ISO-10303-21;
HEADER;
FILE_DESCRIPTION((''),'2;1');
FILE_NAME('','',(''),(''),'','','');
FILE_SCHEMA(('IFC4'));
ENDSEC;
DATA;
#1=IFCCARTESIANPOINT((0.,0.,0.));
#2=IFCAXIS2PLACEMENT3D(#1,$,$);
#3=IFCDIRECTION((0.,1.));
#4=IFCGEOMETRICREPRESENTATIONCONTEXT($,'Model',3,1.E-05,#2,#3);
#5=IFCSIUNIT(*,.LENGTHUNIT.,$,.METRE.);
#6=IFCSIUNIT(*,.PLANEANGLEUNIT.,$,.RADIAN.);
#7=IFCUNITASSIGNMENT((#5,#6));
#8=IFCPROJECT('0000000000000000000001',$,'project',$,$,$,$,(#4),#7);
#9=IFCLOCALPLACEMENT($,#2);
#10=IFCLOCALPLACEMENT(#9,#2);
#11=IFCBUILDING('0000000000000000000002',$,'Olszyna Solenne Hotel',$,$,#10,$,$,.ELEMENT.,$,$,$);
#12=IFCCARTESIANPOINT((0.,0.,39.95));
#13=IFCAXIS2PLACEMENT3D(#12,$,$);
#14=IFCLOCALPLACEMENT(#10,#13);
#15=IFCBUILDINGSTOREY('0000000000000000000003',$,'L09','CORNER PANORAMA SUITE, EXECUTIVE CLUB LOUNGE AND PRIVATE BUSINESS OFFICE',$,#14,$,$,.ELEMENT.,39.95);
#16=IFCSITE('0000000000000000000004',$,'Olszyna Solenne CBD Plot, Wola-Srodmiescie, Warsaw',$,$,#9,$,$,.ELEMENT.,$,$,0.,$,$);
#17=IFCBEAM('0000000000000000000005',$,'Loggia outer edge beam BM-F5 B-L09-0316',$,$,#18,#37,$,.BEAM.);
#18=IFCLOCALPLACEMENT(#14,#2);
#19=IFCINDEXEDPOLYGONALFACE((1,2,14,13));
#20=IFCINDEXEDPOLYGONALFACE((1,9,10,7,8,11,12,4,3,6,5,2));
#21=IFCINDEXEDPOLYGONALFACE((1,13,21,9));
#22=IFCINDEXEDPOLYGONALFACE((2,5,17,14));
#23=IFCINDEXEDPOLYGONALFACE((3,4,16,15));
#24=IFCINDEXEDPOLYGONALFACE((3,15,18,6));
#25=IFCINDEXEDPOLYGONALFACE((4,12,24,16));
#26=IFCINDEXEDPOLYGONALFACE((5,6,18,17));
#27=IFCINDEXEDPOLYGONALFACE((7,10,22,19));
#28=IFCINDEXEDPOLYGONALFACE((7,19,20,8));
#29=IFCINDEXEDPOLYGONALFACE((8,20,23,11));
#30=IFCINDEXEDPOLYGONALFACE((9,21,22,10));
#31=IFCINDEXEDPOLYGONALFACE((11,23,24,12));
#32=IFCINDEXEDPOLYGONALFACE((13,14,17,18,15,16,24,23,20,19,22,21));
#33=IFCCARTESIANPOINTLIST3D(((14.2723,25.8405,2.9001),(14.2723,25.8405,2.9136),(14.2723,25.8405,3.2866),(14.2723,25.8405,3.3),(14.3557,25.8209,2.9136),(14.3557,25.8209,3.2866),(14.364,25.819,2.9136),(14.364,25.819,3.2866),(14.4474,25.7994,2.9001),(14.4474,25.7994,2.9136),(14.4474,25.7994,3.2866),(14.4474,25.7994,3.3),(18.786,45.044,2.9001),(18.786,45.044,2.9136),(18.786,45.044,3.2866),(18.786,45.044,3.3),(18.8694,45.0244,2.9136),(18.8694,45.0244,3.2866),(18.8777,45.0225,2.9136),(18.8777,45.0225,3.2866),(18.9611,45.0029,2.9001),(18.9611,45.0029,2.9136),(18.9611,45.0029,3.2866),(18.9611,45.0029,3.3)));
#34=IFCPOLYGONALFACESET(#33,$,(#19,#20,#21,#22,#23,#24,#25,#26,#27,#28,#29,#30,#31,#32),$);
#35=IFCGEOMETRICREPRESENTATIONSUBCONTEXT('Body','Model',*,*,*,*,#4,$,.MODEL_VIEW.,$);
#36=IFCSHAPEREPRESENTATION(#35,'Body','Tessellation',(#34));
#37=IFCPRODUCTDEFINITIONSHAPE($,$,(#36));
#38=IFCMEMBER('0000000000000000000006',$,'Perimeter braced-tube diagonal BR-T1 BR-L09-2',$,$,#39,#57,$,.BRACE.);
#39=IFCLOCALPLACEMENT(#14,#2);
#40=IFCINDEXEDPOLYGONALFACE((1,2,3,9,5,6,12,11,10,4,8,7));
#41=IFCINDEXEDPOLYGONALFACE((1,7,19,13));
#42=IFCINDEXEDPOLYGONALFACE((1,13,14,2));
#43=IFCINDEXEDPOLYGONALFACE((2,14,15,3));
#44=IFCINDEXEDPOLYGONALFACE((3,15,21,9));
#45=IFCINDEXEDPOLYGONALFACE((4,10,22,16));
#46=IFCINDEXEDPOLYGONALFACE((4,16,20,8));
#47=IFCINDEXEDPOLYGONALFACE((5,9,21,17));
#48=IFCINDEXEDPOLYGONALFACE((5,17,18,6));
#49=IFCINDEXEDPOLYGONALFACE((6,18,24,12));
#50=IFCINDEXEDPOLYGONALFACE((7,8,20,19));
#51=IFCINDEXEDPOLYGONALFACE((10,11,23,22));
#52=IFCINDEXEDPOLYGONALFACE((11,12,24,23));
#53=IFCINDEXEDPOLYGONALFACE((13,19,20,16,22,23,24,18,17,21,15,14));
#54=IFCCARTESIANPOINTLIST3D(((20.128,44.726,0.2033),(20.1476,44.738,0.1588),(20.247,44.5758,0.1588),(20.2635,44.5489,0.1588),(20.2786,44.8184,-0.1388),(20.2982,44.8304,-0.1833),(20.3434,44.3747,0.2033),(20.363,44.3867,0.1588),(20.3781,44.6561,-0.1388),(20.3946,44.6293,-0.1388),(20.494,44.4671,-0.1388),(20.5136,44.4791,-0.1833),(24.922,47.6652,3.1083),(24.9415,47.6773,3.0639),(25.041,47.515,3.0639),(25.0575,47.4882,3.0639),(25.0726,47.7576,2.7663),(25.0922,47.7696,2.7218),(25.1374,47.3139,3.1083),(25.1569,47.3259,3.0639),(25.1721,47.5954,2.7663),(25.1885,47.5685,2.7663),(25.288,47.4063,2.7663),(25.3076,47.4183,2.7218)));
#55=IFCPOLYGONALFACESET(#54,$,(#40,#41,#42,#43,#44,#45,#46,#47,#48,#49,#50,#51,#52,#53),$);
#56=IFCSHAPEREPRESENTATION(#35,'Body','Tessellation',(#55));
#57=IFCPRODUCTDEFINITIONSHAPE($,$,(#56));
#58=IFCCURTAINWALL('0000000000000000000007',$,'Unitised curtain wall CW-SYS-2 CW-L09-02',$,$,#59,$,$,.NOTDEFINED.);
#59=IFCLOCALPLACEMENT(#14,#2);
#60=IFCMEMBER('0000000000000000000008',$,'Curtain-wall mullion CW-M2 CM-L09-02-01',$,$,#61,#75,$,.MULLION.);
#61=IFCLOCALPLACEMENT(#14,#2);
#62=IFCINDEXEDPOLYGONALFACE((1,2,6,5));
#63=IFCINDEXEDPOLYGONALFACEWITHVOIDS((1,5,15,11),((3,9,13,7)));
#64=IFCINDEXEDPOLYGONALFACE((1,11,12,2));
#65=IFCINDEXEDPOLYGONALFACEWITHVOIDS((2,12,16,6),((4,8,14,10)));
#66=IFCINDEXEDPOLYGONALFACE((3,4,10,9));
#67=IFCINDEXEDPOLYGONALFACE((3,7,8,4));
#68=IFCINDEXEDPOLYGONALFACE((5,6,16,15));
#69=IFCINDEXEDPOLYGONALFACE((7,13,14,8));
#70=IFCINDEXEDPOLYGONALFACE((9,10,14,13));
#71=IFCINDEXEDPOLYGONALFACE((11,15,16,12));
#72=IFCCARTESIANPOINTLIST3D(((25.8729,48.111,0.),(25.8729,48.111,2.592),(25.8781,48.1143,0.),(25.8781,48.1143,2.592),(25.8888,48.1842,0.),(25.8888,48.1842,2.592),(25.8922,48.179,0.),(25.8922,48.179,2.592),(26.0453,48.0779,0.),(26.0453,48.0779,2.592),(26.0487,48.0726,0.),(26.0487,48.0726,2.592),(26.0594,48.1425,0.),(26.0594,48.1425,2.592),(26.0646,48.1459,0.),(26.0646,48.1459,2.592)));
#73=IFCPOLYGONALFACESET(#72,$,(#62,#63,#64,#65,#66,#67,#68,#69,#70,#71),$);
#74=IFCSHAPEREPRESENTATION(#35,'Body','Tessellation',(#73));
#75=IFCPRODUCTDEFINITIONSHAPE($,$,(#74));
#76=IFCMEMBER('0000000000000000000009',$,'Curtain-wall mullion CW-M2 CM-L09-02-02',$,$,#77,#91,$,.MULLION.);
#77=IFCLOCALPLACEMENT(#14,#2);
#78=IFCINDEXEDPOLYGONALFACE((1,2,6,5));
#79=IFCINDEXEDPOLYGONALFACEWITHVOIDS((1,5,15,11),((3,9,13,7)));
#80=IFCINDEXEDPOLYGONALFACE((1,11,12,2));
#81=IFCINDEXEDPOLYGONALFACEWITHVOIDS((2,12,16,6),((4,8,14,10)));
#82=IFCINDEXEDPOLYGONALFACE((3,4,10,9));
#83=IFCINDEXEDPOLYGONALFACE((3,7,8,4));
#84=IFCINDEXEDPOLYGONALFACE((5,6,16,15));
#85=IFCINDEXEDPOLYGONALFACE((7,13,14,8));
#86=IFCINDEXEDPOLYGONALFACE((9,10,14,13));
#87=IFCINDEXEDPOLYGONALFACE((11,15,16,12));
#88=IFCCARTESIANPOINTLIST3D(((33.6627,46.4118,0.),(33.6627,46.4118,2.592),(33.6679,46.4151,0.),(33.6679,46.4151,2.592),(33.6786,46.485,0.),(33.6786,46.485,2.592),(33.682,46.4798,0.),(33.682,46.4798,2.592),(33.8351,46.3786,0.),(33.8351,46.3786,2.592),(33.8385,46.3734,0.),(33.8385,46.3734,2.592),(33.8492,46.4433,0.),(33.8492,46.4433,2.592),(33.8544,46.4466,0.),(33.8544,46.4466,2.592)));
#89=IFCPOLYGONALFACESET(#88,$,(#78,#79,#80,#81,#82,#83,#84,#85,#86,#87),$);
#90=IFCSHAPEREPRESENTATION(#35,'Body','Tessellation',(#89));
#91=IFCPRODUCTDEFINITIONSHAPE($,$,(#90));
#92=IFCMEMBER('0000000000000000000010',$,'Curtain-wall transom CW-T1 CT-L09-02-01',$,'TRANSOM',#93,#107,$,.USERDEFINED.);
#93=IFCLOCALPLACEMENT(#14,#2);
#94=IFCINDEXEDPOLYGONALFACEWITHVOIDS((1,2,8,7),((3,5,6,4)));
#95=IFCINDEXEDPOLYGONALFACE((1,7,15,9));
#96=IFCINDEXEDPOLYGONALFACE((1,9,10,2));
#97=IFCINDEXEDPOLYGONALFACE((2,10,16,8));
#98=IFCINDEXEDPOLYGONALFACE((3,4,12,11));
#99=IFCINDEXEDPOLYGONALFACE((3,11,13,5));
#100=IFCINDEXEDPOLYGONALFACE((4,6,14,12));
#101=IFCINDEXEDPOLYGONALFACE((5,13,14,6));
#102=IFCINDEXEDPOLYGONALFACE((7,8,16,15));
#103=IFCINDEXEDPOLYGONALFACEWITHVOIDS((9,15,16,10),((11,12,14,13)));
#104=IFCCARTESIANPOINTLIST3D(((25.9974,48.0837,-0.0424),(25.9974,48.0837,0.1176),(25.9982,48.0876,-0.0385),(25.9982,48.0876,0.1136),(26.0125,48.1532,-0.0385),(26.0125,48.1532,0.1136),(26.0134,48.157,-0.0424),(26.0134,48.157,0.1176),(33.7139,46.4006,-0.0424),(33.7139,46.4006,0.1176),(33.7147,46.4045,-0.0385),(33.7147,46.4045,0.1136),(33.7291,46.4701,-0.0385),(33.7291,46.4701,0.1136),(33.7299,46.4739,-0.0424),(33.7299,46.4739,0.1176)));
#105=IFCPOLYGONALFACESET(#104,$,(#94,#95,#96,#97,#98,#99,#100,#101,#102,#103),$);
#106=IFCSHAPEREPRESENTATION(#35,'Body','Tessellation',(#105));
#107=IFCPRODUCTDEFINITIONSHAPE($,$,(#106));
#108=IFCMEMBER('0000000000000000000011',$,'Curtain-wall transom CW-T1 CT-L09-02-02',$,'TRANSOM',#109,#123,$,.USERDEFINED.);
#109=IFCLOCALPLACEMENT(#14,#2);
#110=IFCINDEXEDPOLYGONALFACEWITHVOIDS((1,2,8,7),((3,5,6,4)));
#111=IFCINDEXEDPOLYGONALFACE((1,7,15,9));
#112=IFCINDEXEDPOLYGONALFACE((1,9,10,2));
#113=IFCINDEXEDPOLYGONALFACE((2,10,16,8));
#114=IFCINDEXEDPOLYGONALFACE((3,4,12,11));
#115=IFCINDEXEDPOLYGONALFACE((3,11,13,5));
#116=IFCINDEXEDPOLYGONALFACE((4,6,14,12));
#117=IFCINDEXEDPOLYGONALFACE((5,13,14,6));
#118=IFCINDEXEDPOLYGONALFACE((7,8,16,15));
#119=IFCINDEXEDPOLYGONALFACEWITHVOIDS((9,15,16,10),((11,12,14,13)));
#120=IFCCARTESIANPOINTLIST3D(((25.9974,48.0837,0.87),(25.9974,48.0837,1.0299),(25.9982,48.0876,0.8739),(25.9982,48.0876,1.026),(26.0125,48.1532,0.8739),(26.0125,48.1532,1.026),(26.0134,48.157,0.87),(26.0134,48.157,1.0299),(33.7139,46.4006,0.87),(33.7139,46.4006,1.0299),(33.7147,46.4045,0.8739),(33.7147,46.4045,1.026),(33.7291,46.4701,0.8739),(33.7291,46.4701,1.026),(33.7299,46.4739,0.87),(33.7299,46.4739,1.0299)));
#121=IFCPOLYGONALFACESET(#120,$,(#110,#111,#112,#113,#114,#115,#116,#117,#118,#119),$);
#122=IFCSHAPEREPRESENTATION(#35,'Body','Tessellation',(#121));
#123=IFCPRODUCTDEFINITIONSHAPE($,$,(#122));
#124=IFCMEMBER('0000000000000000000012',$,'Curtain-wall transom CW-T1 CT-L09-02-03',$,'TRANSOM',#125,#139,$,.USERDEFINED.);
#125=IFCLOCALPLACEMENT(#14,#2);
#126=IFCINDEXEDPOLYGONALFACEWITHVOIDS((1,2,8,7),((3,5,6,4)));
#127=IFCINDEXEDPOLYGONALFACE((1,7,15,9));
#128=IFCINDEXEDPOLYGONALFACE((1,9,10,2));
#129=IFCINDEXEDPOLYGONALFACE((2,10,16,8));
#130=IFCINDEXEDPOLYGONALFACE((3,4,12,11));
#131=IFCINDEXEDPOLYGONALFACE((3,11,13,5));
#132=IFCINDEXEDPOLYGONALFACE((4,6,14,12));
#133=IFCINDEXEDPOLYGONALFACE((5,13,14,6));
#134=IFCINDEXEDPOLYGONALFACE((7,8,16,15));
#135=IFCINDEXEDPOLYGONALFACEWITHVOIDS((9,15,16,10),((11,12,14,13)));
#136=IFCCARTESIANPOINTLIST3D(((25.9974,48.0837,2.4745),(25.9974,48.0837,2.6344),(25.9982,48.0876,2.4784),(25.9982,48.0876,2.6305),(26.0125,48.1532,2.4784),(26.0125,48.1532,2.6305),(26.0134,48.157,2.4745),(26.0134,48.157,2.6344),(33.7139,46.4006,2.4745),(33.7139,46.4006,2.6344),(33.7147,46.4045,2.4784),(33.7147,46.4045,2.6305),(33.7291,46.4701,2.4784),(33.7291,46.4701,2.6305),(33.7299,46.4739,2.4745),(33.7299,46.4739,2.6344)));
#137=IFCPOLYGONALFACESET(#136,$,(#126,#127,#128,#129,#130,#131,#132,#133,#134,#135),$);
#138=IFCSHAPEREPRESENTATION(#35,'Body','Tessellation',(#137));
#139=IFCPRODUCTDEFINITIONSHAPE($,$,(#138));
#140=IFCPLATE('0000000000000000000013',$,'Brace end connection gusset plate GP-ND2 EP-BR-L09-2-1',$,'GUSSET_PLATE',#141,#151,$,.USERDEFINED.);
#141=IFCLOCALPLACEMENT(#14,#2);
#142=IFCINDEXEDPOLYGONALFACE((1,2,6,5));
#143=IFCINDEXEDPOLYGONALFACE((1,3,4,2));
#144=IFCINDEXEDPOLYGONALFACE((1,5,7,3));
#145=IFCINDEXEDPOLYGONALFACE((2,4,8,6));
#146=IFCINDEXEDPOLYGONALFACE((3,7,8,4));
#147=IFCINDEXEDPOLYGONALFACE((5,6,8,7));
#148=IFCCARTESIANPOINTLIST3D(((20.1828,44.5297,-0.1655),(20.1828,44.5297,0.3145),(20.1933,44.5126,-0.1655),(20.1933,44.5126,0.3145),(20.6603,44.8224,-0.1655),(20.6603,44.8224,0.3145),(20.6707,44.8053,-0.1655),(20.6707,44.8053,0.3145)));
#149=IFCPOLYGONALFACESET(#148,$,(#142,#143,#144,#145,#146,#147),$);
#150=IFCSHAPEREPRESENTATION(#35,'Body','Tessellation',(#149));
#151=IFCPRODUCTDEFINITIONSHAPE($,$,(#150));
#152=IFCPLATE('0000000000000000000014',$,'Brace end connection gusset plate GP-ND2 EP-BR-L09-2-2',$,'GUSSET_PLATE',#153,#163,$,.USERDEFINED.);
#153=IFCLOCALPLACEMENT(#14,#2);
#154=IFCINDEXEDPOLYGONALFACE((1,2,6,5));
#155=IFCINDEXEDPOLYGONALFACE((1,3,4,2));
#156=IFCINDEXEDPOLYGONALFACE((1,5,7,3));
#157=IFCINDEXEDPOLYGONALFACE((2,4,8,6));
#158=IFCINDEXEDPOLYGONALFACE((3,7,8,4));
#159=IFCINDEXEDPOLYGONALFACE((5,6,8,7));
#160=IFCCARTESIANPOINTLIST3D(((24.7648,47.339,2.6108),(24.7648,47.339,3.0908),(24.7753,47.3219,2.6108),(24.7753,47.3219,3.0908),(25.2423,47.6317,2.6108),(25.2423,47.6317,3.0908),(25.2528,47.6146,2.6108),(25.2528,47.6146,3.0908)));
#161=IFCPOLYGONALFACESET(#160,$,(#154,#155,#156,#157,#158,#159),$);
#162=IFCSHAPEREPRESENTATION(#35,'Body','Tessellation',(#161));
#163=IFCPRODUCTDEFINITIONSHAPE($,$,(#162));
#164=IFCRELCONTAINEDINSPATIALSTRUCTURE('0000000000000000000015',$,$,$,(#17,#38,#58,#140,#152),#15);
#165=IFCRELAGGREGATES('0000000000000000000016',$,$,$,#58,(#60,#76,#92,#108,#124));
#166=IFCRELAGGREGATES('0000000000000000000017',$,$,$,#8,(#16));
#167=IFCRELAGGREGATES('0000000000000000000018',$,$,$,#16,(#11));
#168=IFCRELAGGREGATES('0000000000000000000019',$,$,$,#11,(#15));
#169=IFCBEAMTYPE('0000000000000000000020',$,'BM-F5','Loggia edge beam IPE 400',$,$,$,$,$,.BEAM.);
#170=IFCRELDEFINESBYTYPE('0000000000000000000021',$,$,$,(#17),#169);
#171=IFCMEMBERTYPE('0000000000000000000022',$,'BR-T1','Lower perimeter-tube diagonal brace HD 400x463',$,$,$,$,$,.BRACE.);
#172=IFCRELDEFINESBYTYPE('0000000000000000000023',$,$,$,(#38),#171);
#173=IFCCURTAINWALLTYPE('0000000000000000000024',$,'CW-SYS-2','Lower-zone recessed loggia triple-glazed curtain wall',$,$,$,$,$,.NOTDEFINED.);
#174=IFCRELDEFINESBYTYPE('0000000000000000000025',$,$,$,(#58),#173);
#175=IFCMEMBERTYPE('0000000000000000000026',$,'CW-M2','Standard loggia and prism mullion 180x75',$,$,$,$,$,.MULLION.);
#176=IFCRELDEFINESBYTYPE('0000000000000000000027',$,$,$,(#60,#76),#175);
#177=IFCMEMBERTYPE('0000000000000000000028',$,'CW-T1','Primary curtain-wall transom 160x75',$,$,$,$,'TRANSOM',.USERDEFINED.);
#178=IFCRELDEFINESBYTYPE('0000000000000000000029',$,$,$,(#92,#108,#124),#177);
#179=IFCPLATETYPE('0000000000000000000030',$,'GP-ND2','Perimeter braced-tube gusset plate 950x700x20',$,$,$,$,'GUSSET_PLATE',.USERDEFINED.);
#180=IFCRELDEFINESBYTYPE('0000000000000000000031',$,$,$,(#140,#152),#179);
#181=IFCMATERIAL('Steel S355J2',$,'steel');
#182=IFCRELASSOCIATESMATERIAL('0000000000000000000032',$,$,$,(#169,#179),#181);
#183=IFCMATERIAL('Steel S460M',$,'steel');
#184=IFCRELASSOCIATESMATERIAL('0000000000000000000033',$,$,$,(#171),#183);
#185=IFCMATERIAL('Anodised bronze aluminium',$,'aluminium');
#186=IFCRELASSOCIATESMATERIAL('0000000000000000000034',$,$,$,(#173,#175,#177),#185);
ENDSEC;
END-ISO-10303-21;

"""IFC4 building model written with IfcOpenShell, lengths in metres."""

from ifc_helpers import new_model, si_unit, direction, frame, origin, origin_2d, place, context, subcontext, project, spatial, rectangle, hollow_rectangle, i_section, extrude, source, transform, mapped, material, material_profile, profile_set, type_object, element, aggregate, save


model = new_model("IFC4")

# Units and contexts
model_context = context("Model", 3, precision=1e-05, world=origin(), true_north=direction((0.0, 1.0)))
body_context = subcontext(model_context, "Body", "Model", "MODEL_VIEW")
ifc_project = project(units=[si_unit("LENGTHUNIT", "METRE"), si_unit("PLANEANGLEUNIT", "RADIAN")], contexts=[model_context])

# Site, building, storey
site_placement = place(None, origin())
site = spatial("IfcSite", under=ifc_project, at=site_placement, Name="Olszyna Solenne CBD Plot, Wola-Srodmiescie, Warsaw", CompositionType="ELEMENT", RefElevation=0.0)
building_placement = place(site_placement, origin())
building = spatial("IfcBuilding", under=site, at=building_placement, Name="Olszyna Solenne Hotel", CompositionType="ELEMENT")
storey_placement = place(building_placement, frame((0.0, 0.0, 39.95)))
storey = spatial("IfcBuildingStorey", under=building, at=storey_placement, Name="L09", Description="CORNER PANORAMA SUITE, EXECUTIVE CLUB LOUNGE AND PRIVATE BUSINESS OFFICE", CompositionType="ELEMENT", Elevation=39.95)

# Shared definitions
ifc_material_1 = material(Name="Steel S460M", Category="steel")

# Beam
ifc_material_2 = material(Name="Steel S355J2", Category="steel")
ifc_material_profile_1 = material_profile(ifc_material_2, i_section(OverallWidth=0.1799, OverallDepth=0.3999, WebThickness=0.0085, FlangeThickness=0.0134, at=origin_2d()), Name="IPE 400", Category="load-bearing")
ifc_profile_set_1 = profile_set([ifc_material_profile_1], Name="Steel S355J2")
beam_type_1 = type_object("IfcBeamType", Name="BM-F5", Description="Loggia edge beam IPE 400", PredefinedType="BEAM", material=ifc_profile_set_1)
shared_shape_1 = source(origin(), body_context, "Body", "SweptSolid", [
    extrude(i_section(OverallWidth=0.1799, OverallDepth=0.3999, WebThickness=0.0085, FlangeThickness=0.0134, at=origin_2d()), origin(), (0.0, 0.0, 1.0), 19.7268),
])
beam_1_placement = place(storey_placement, frame((18.8735, 45.0234, 3.1001), z_axis=(-0.22881, -0.973471, 0.0), x_axis=(0.973471, -0.22881, 0.0)))
element("IfcBeam", 1, at=beam_1_placement, inside=storey, type_object=beam_type_1, Name="Loggia outer edge beam BM-F5 B-L09-0316", PredefinedType="BEAM", context=body_context, shape_type="MappedRepresentation", body=[
    mapped(shared_shape_1, transform((0.0, 0.0, 0.0), x_axis=(1.0, 0.0, 0.0), y_axis=(0.0, 1.0, 0.0), z_axis=(0.0, 0.0, 1.0), scale=1.0)),
])

# Member
ifc_material_profile_2 = material_profile(ifc_material_1, i_section(OverallWidth=0.4121, OverallDepth=0.4351, WebThickness=0.0315, FlangeThickness=0.05, at=origin_2d()), Name="HD 400x463", Category="load-bearing")
ifc_profile_set_2 = profile_set([ifc_material_profile_2], Name="Steel S460M")
member_type_1 = type_object("IfcMemberType", Name="BR-T1", Description="Lower perimeter-tube diagonal brace HD 400x463", PredefinedType="BRACE", material=ifc_profile_set_2)
shared_shape_2 = source(origin(), body_context, "Body", "SweptSolid", [
    extrude(i_section(OverallWidth=0.4121, OverallDepth=0.4351, WebThickness=0.0315, FlangeThickness=0.05, at=origin_2d()), origin(), (0.0, 0.0, 1.0), 6.3293),
])
member_1_placement = place(storey_placement, frame((20.3208, 44.6025, 0.01), z_axis=(0.757421, 0.464381, 0.458981), x_axis=(-0.522689, 0.852523, 0.0)))
element("IfcMember", 2, at=member_1_placement, inside=storey, type_object=member_type_1, Name="Perimeter braced-tube diagonal BR-T1 BR-L09-2", PredefinedType="BRACE", context=body_context, shape_type="MappedRepresentation", body=[
    mapped(shared_shape_2, transform((0.0, 0.0, 0.0), x_axis=(1.0, 0.0, 0.0), y_axis=(0.0, 1.0, 0.0), z_axis=(0.0, 0.0, 1.0), scale=1.0)),
])

# Curtain wall, members
ifc_material_3 = material(Name="Anodised bronze aluminium", Category="aluminium")
curtain_wall_type = type_object("IfcCurtainWallType", Name="CW-SYS-2", Description="Lower-zone recessed loggia triple-glazed curtain wall", PredefinedType="NOTDEFINED", material=ifc_material_3)
curtain_wall_placement = place(storey_placement, origin())
curtain_wall = element("IfcCurtainWall", 3, at=curtain_wall_placement, inside=storey, type_object=curtain_wall_type, Name="Unitised curtain wall CW-SYS-2 CW-L09-02", PredefinedType="NOTDEFINED")
ifc_material_profile_3 = material_profile(ifc_material_3, hollow_rectangle(XDim=0.075, YDim=0.1799, WallThickness=0.0044, at=origin_2d()), Name="MULL 180x75x4.5", Category="load-bearing")
ifc_profile_set_3 = profile_set([ifc_material_profile_3], Name="Anodised bronze aluminium")
member_type_2 = type_object("IfcMemberType", Name="CW-M2", Description="Standard loggia and prism mullion 180x75", PredefinedType="MULLION", material=ifc_profile_set_3)
shared_shape_3 = source(origin(), body_context, "Body", "SweptSolid", [
    extrude(hollow_rectangle(XDim=0.075, YDim=0.1799, WallThickness=0.0044, at=origin_2d()), origin(), (0.0, 0.0, 1.0), 2.592),
])
member_2_placement = place(storey_placement, frame((25.9688, 48.1284, 0.0), z_axis=(0.0, 0.0, 1.0), x_axis=(0.213104, 0.97703, 0.0)))
member_2 = element("IfcMember", 4, at=member_2_placement, type_object=member_type_2, Name="Curtain-wall mullion CW-M2 CM-L09-02-01", PredefinedType="MULLION", context=body_context, shape_type="MappedRepresentation", body=[
    mapped(shared_shape_3, transform((0.0, 0.0, 0.0), x_axis=(1.0, 0.0, 0.0), y_axis=(0.0, 1.0, 0.0), z_axis=(0.0, 0.0, 1.0), scale=1.0)),
])
member_3_placement = place(storey_placement, frame((33.7585, 46.4292, 0.0), z_axis=(0.0, 0.0, 1.0), x_axis=(0.213104, 0.97703, 0.0)))
member_3 = element("IfcMember", 5, at=member_3_placement, type_object=member_type_2, Name="Curtain-wall mullion CW-M2 CM-L09-02-02", PredefinedType="MULLION", context=body_context, shape_type="MappedRepresentation", body=[
    mapped(shared_shape_3, transform((0.0, 0.0, 0.0), x_axis=(1.0, 0.0, 0.0), y_axis=(0.0, 1.0, 0.0), z_axis=(0.0, 0.0, 1.0), scale=1.0)),
])
ifc_material_profile_4 = material_profile(ifc_material_3, hollow_rectangle(XDim=0.075, YDim=0.1599, WallThickness=0.0039, at=origin_2d()), Name="TRAN 160x75x4", Category="load-bearing")
ifc_profile_set_4 = profile_set([ifc_material_profile_4], Name="Anodised bronze aluminium")
member_type_3 = type_object("IfcMemberType", Name="CW-T1", Description="Primary curtain-wall transom 160x75", ElementType="TRANSOM", PredefinedType="USERDEFINED", material=ifc_profile_set_4)
shared_shape_4 = source(origin(), body_context, "Body", "SweptSolid", [
    extrude(hollow_rectangle(XDim=0.075, YDim=0.1599, WallThickness=0.0039, at=origin_2d()), origin(), (0.0, 0.0, 1.0), 7.8979),
])
member_4_placement = place(storey_placement, frame((26.0054, 48.1204, 0.0376), z_axis=(0.977029, -0.213106, 0.0), x_axis=(0.213106, 0.977029, 0.0)))
member_4 = element("IfcMember", 6, at=member_4_placement, type_object=member_type_3, Name="Curtain-wall transom CW-T1 CT-L09-02-01", ObjectType="TRANSOM", PredefinedType="USERDEFINED", context=body_context, shape_type="MappedRepresentation", body=[
    mapped(shared_shape_4, transform((0.0, 0.0, 0.0), x_axis=(1.0, 0.0, 0.0), y_axis=(0.0, 1.0, 0.0), z_axis=(0.0, 0.0, 1.0), scale=1.0)),
])
member_5_placement = place(storey_placement, frame((26.0054, 48.1204, 0.95), z_axis=(0.977029, -0.213106, 0.0), x_axis=(0.213106, 0.977029, 0.0)))
member_5 = element("IfcMember", 7, at=member_5_placement, type_object=member_type_3, Name="Curtain-wall transom CW-T1 CT-L09-02-02", ObjectType="TRANSOM", PredefinedType="USERDEFINED", context=body_context, shape_type="MappedRepresentation", body=[
    mapped(shared_shape_4, transform((0.0, 0.0, 0.0), x_axis=(1.0, 0.0, 0.0), y_axis=(0.0, 1.0, 0.0), z_axis=(0.0, 0.0, 1.0), scale=1.0)),
])
member_6_placement = place(storey_placement, frame((26.0054, 48.1204, 2.5544), z_axis=(0.977029, -0.213106, 0.0), x_axis=(0.213106, 0.977029, 0.0)))
member_6 = element("IfcMember", 8, at=member_6_placement, type_object=member_type_3, Name="Curtain-wall transom CW-T1 CT-L09-02-03", ObjectType="TRANSOM", PredefinedType="USERDEFINED", context=body_context, shape_type="MappedRepresentation", body=[
    mapped(shared_shape_4, transform((0.0, 0.0, 0.0), x_axis=(1.0, 0.0, 0.0), y_axis=(0.0, 1.0, 0.0), z_axis=(0.0, 0.0, 1.0), scale=1.0)),
])

# Plates
plate_type_1 = type_object("IfcPlateType", Name="GP-ND2", Description="Perimeter braced-tube gusset plate 950x700x20", ElementType="GUSSET_PLATE", PredefinedType="USERDEFINED", material=ifc_material_2)
shared_shape_5 = source(origin(), body_context, "Body", "SweptSolid", [
    extrude(rectangle(XDim=0.5601, YDim=0.02, at=origin_2d()), origin(), (0.0, 0.0, 1.0), 0.48),
])
for number, where, z_axis, x_axis, name in (
    (9, (20.4268, 44.6675, -0.1655), (0.0, 0.0, 1.0), (0.852549, 0.522647, 0.0), "Brace end connection gusset plate GP-ND2 EP-BR-L09-2-1"),
    (10, (25.0088, 47.4768, 2.6108), (0.0, 0.0, 1.0), (0.852549, 0.522647, 0.0), "Brace end connection gusset plate GP-ND2 EP-BR-L09-2-2"),
):
    element("IfcPlate", number, at=place(storey_placement, frame(where, z_axis=z_axis, x_axis=x_axis)), inside=storey, type_object=plate_type_1, Name=name, ObjectType="GUSSET_PLATE", PredefinedType="USERDEFINED", context=body_context, shape_type="MappedRepresentation", body=[
        mapped(shared_shape_5, transform((0.0, 0.0, 0.0), x_axis=(1.0, 0.0, 0.0), y_axis=(0.0, 1.0, 0.0), z_axis=(0.0, 0.0, 1.0), scale=1.0)),
    ])

aggregate(curtain_wall, [member_2, member_3, member_4, member_5, member_6])

save(model, "model.ifc")
